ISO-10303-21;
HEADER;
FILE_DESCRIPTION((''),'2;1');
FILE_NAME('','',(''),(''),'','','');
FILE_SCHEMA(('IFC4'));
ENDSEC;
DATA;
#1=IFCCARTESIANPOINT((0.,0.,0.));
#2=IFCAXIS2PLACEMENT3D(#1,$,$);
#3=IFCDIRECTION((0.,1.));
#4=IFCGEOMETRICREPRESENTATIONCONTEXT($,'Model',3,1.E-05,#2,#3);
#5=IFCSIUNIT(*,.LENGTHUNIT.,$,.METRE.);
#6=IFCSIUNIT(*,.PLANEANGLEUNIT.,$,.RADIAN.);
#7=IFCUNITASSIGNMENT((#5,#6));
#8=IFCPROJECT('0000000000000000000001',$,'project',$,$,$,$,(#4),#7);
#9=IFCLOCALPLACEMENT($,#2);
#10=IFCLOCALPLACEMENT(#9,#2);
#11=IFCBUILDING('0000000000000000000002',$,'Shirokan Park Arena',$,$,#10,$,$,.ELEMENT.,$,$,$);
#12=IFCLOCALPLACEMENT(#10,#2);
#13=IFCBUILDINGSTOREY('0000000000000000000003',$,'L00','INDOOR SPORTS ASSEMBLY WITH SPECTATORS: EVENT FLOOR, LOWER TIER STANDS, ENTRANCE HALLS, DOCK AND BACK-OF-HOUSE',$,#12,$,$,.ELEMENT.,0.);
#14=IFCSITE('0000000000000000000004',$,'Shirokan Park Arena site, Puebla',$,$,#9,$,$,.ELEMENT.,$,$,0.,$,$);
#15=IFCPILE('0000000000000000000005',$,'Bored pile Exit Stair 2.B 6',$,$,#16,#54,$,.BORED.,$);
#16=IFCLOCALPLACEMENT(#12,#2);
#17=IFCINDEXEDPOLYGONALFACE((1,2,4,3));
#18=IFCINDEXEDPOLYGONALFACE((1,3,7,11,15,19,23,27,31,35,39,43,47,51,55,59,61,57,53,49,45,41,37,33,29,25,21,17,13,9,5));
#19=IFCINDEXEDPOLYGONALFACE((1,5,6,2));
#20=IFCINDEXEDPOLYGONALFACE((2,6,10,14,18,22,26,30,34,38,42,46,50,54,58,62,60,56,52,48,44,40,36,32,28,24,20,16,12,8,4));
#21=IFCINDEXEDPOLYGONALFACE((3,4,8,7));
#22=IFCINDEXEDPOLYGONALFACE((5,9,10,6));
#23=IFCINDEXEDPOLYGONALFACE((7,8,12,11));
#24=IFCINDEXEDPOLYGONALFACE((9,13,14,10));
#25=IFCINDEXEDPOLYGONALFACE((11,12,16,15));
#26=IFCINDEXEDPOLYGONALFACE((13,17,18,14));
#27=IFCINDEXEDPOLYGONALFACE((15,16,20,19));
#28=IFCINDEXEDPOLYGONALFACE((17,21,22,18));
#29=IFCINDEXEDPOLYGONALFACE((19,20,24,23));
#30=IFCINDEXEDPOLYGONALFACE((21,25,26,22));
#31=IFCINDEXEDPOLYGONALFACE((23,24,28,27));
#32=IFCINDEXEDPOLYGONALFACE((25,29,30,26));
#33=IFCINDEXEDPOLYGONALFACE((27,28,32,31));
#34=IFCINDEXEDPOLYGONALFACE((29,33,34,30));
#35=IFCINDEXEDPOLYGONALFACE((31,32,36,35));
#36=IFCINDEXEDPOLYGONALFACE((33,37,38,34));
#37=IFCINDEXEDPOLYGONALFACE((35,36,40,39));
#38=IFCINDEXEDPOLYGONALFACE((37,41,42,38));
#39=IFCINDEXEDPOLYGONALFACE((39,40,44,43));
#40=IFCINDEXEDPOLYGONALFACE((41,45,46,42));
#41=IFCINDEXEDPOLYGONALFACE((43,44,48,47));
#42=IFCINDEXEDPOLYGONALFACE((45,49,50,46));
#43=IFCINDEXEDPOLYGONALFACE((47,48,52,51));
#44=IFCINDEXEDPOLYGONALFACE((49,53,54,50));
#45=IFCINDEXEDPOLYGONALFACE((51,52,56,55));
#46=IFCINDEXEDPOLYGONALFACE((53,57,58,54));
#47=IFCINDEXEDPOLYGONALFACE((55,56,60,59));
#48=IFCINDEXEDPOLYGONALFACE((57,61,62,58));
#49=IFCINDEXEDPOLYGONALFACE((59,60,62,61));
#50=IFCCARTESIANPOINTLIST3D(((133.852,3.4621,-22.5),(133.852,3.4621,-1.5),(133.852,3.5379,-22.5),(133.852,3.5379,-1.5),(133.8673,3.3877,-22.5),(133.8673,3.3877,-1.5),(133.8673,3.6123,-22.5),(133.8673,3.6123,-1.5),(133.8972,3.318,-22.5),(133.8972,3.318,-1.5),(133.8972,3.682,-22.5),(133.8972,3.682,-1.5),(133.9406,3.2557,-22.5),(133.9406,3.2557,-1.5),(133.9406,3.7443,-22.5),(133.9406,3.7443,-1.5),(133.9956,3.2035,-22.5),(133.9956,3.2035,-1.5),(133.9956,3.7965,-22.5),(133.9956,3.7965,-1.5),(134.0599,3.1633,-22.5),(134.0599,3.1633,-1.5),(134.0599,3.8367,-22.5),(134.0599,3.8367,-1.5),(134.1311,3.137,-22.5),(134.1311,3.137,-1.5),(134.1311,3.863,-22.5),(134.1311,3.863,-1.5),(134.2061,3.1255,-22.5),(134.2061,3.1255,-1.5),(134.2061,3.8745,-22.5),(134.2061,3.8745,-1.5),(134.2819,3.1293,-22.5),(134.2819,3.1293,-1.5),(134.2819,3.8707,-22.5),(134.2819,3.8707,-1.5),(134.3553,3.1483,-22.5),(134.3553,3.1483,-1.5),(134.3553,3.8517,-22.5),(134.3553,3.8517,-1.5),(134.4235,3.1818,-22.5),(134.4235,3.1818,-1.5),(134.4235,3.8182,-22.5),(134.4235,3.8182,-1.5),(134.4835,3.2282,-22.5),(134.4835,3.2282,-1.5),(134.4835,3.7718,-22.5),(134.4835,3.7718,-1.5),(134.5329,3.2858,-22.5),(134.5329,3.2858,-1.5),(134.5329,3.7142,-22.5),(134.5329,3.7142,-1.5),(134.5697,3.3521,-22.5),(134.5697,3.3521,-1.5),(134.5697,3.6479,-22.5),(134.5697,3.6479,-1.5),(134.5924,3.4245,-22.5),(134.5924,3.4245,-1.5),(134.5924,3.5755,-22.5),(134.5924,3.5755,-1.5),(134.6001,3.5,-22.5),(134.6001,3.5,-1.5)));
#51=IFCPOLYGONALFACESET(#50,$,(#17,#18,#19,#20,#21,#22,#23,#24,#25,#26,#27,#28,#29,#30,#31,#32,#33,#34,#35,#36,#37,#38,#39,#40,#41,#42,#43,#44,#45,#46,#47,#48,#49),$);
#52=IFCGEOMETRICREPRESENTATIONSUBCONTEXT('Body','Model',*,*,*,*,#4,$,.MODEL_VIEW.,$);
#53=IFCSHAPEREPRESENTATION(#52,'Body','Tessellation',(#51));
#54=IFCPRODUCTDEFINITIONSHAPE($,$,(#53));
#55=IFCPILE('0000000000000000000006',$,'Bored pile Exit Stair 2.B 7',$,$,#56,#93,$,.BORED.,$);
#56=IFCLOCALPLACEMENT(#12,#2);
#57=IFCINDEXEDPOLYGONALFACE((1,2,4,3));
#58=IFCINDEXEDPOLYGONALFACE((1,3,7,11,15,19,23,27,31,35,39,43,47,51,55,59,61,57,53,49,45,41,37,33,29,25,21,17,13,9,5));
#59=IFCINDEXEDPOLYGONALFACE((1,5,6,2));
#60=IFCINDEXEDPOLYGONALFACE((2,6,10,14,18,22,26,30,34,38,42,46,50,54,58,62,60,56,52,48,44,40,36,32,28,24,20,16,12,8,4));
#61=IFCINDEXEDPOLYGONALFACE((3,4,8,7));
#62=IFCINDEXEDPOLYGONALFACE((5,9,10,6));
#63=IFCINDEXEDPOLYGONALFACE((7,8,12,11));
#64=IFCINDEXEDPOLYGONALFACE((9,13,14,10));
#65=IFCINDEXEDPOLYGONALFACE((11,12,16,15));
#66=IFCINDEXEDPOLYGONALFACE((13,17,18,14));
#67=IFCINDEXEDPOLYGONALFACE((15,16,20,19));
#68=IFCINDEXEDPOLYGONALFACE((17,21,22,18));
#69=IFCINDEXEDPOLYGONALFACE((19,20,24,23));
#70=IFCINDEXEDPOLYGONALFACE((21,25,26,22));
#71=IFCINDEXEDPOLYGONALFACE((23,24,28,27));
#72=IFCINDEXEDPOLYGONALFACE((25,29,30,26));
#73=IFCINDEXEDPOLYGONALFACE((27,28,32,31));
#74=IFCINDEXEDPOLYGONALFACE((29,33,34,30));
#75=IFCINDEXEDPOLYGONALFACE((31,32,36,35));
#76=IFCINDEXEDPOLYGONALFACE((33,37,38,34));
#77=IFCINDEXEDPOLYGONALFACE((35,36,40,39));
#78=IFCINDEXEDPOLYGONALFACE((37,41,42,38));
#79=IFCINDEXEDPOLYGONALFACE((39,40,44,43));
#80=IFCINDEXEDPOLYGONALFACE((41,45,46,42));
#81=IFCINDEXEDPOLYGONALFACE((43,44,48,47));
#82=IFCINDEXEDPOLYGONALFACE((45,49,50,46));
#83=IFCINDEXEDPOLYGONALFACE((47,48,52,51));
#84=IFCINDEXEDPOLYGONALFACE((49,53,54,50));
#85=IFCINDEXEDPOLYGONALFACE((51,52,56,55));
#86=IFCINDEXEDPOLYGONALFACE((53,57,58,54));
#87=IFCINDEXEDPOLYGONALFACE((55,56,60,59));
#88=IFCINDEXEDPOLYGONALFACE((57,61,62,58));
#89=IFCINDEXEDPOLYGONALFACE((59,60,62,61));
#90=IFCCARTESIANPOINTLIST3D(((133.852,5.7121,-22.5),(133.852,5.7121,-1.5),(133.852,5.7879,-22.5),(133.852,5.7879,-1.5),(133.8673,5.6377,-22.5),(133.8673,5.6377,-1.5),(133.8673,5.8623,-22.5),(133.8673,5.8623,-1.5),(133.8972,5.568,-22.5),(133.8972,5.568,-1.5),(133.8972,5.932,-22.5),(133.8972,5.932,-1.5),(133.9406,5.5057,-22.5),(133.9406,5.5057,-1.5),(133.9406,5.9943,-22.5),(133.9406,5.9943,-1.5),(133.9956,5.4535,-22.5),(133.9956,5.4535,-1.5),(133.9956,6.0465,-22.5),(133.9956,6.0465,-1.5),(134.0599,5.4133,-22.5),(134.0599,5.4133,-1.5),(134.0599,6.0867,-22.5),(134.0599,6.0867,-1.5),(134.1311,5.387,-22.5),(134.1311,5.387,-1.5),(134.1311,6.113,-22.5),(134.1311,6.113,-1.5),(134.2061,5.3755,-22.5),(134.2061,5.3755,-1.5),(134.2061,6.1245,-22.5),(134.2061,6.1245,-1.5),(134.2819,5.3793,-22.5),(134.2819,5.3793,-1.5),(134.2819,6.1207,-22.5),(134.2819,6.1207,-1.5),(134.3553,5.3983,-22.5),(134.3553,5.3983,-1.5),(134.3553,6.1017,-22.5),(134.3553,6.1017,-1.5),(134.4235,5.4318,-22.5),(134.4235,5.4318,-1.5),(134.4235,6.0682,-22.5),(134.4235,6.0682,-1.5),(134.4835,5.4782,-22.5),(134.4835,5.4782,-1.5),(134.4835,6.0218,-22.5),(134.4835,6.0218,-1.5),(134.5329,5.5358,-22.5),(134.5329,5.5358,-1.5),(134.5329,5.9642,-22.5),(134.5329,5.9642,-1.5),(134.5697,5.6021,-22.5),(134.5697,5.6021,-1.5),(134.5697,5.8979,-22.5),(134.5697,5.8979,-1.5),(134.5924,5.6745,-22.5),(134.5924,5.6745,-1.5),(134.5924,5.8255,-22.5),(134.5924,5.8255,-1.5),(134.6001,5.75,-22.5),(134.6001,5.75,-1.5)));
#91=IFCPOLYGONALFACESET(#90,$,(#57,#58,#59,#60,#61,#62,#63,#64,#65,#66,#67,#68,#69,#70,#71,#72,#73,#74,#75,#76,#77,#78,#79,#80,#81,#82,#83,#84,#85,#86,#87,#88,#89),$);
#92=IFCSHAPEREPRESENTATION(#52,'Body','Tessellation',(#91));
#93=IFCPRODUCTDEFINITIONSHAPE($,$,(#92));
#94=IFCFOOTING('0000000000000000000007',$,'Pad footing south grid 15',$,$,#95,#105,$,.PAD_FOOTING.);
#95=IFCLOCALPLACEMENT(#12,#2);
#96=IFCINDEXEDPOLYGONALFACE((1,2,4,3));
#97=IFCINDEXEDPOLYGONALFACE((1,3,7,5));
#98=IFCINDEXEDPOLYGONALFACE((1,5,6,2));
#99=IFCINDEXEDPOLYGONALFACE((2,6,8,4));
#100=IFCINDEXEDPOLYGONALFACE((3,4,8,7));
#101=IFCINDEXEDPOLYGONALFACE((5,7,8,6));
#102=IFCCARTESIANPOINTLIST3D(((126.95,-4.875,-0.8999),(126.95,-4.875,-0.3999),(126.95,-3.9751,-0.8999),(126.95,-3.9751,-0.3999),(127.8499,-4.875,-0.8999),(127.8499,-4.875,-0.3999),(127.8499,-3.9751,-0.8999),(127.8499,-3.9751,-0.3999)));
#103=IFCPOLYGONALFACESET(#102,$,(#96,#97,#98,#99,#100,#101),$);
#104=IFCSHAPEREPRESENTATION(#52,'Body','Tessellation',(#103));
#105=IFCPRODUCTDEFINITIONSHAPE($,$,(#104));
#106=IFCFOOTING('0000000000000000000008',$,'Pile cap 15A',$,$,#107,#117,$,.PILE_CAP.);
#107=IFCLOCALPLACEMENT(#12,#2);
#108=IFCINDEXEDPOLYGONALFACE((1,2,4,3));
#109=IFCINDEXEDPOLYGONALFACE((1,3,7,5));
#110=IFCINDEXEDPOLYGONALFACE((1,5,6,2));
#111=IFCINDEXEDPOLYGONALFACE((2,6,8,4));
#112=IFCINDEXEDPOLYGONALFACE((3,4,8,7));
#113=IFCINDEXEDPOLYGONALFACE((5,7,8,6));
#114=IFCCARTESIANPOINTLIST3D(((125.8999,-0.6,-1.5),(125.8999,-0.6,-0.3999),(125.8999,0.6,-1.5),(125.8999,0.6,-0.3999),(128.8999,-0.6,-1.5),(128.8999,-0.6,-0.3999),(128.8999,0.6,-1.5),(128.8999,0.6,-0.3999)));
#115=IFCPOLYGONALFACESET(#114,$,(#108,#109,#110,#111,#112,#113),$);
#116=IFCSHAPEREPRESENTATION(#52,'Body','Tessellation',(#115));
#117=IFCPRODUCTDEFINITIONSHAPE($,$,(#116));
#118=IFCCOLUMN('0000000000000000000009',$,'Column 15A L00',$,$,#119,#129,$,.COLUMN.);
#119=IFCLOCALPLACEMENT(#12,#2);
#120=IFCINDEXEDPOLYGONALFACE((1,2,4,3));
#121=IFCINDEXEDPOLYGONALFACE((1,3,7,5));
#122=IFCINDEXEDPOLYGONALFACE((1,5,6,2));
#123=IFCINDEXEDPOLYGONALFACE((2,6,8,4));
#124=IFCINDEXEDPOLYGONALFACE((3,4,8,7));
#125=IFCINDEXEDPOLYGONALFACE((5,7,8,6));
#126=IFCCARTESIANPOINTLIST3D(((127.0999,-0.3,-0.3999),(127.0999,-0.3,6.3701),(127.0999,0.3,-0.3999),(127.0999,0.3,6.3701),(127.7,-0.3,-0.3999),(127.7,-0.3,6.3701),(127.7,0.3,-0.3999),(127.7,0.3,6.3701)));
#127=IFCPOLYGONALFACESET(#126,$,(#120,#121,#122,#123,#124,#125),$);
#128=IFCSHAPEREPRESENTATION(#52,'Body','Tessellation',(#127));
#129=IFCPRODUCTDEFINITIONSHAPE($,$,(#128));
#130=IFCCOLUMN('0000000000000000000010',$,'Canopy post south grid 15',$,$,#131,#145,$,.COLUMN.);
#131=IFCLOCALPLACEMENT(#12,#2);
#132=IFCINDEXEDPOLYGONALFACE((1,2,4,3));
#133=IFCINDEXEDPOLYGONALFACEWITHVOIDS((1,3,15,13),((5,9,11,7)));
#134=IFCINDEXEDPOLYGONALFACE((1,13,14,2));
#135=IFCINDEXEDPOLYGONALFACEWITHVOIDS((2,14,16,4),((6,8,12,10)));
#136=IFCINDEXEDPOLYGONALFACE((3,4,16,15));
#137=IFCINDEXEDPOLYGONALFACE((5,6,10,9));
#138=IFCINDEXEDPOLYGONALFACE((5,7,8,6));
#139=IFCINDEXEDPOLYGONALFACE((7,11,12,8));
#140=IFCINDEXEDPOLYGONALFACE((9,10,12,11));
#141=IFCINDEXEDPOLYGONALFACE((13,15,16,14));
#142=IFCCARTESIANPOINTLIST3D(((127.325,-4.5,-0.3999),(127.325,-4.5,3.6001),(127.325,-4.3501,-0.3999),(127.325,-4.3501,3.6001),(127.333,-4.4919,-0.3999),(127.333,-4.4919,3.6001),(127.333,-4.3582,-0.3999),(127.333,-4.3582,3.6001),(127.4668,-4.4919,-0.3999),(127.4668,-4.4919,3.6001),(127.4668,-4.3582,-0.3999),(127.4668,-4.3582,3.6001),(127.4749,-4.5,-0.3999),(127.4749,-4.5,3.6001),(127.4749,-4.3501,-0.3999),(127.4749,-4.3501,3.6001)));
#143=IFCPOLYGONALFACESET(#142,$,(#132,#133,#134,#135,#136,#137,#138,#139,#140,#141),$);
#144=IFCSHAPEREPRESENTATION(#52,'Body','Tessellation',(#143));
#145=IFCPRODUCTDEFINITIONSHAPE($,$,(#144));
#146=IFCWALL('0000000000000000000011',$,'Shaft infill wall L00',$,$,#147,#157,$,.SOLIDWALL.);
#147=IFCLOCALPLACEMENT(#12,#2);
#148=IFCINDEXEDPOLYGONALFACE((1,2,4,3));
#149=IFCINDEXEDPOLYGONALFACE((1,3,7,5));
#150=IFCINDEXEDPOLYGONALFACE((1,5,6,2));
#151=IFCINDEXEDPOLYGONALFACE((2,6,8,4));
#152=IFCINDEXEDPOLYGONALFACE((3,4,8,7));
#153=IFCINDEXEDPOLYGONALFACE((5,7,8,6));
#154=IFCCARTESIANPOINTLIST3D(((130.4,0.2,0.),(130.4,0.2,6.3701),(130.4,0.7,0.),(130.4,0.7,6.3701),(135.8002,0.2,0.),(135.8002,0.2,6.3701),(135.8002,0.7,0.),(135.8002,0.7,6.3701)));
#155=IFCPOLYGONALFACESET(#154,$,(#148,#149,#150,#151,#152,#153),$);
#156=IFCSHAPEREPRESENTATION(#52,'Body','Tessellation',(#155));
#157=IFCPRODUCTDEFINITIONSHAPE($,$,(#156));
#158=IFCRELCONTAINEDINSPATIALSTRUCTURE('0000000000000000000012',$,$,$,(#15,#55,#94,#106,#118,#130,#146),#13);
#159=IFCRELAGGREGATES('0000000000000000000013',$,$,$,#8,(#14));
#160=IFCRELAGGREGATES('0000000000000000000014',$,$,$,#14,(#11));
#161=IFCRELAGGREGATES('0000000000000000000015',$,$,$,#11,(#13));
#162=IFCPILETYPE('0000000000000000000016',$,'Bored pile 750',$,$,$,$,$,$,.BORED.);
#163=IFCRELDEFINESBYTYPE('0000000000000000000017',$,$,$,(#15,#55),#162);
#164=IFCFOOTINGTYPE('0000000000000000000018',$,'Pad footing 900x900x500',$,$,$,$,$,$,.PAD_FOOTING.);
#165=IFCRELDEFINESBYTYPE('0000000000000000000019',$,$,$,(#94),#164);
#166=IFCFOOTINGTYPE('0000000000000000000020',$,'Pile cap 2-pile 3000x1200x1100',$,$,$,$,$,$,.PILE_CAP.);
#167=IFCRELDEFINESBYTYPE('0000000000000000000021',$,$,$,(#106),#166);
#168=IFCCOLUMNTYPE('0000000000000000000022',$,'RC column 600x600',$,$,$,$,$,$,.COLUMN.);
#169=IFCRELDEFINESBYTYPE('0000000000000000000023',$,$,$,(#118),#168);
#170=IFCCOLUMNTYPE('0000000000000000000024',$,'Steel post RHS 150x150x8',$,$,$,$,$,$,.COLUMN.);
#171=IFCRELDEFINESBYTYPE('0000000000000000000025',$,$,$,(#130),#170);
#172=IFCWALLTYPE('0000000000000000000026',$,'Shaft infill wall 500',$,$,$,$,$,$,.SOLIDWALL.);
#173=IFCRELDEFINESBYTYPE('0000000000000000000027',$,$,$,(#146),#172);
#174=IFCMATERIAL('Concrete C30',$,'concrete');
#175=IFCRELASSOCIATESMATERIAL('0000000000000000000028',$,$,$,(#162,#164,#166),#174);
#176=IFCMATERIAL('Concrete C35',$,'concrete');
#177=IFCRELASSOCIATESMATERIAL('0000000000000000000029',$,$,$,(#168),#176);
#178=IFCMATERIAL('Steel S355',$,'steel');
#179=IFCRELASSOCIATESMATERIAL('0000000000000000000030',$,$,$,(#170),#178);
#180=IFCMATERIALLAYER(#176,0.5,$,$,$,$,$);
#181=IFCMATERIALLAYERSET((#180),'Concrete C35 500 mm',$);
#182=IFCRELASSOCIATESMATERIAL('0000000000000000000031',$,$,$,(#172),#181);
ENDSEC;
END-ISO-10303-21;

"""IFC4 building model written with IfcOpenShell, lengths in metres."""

from ifc_helpers import new_model, si_unit, direction, frame, frame_2d, origin, origin_2d, place, context, subcontext, project, spatial, rectangle, hollow_rectangle, circle, extrude, material, layer, layer_set, material_profile, profile_set, type_object, element, save


model = new_model("IFC4")

# Units and contexts
model_context = context("Model", 3, precision=1e-05, world=origin(), true_north=direction((0.0, 1.0)))
body_context = subcontext(model_context, "Body", "Model", "MODEL_VIEW")
ifc_project = project(units=[si_unit("LENGTHUNIT", "METRE"), si_unit("PLANEANGLEUNIT", "RADIAN")], contexts=[model_context])

# Site, building, storey
site_placement = place(None, origin())
site = spatial("IfcSite", under=ifc_project, at=site_placement, Name="Shirokan Park Arena site, Puebla", CompositionType="ELEMENT", RefElevation=0.0)
building_placement = place(site_placement, origin())
building = spatial("IfcBuilding", under=site, at=building_placement, Name="Shirokan Park Arena", CompositionType="ELEMENT")
storey_placement = place(building_placement, origin())
storey = spatial("IfcBuildingStorey", under=building, at=storey_placement, Name="L00", Description="INDOOR SPORTS ASSEMBLY WITH SPECTATORS: EVENT FLOOR, LOWER TIER STANDS, ENTRANCE HALLS, DOCK AND BACK-OF-HOUSE", CompositionType="ELEMENT", Elevation=0.0)

# Piles
ifc_material_1 = material(Name="Concrete C30", Category="concrete")
ifc_material_profile_1 = material_profile(ifc_material_1, circle(Radius=0.375, at=origin_2d()), Name="D750")
ifc_profile_set_1 = profile_set([ifc_material_profile_1], Name="Concrete C30")
pile_type_1 = type_object("IfcPileType", Name="Bored pile 750", PredefinedType="BORED", material=ifc_profile_set_1)
for number, where, z_axis, x_axis, name in (
    (1, (134.2251, 3.5, -1.5), (0.0, 0.0, -1.0), (1.0, 0.0, 0.0), "Bored pile Exit Stair 2.B 6"),
    (2, (134.2251, 5.75, -1.5), (0.0, 0.0, -1.0), (1.0, 0.0, 0.0), "Bored pile Exit Stair 2.B 7"),
):
    element("IfcPile", number, at=place(storey_placement, frame(where, z_axis=z_axis, x_axis=x_axis)), inside=storey, type_object=pile_type_1, Name=name, PredefinedType="BORED", context=body_context, shape_type="SweptSolid", body=[
        extrude(circle(Radius=0.375, at=origin_2d()), origin(), (0.0, 0.0, 1.0), 21.0),
    ])

# Footings
footing_type_1 = type_object("IfcFootingType", Name="Pad footing 900x900x500", PredefinedType="PAD_FOOTING", material=ifc_material_1)
footing_1_placement = place(storey_placement, frame((127.3999, -4.425, -0.8999), z_axis=(0.0, 0.0, 1.0), x_axis=(1.0, 0.0, 0.0)))
element("IfcFooting", 3, at=footing_1_placement, inside=storey, type_object=footing_type_1, Name="Pad footing south grid 15", PredefinedType="PAD_FOOTING", context=body_context, shape_type="SweptSolid", body=[
    extrude(rectangle(XDim=0.8999, YDim=0.8999, at=origin_2d()), origin(), (0.0, 0.0, 1.0), 0.5),
])
footing_type_2 = type_object("IfcFootingType", Name="Pile cap 2-pile 3000x1200x1100", PredefinedType="PILE_CAP", material=ifc_material_1)
footing_2_placement = place(storey_placement, frame((127.3999, 0.0, -1.5), z_axis=(0.0, 0.0, 1.0), x_axis=(1.0, 0.0, 0.0)))
element("IfcFooting", 4, at=footing_2_placement, inside=storey, type_object=footing_type_2, Name="Pile cap 15A", PredefinedType="PILE_CAP", context=body_context, shape_type="SweptSolid", body=[
    extrude(rectangle(XDim=3.0, YDim=1.2, at=origin_2d()), origin(), (0.0, 0.0, 1.0), 1.1001),
])

# Columns
ifc_material_2 = material(Name="Concrete C35", Category="concrete")
ifc_material_profile_2 = material_profile(ifc_material_2, rectangle(XDim=0.6001, YDim=0.6001, at=origin_2d()), Name="600x600")
ifc_profile_set_2 = profile_set([ifc_material_profile_2], Name="Concrete C35")
column_type_1 = type_object("IfcColumnType", Name="RC column 600x600", PredefinedType="COLUMN", material=ifc_profile_set_2)
column_1_placement = place(storey_placement, frame((127.3999, 0.0, -0.3999), z_axis=(0.0, 0.0, 1.0), x_axis=(1.0, 0.0, 0.0)))
element("IfcColumn", 5, at=column_1_placement, inside=storey, type_object=column_type_1, Name="Column 15A L00", PredefinedType="COLUMN", context=body_context, shape_type="SweptSolid", body=[
    extrude(rectangle(XDim=0.6001, YDim=0.6001, at=origin_2d()), origin(), (0.0, 0.0, 1.0), 6.77),
])
ifc_material_3 = material(Name="Steel S355", Category="steel")
ifc_material_profile_3 = material_profile(ifc_material_3, hollow_rectangle(XDim=0.1499, YDim=0.1499, WallThickness=0.0081, at=origin_2d()), Name="RHS 150x150x8")
ifc_profile_set_3 = profile_set([ifc_material_profile_3], Name="Steel S355")
column_type_2 = type_object("IfcColumnType", Name="Steel post RHS 150x150x8", PredefinedType="COLUMN", material=ifc_profile_set_3)
column_2_placement = place(storey_placement, frame((127.3999, -4.425, -0.3999), z_axis=(0.0, 0.0, 1.0), x_axis=(1.0, 0.0, 0.0)))
element("IfcColumn", 6, at=column_2_placement, inside=storey, type_object=column_type_2, Name="Canopy post south grid 15", PredefinedType="COLUMN", context=body_context, shape_type="SweptSolid", body=[
    extrude(hollow_rectangle(XDim=0.1499, YDim=0.1499, WallThickness=0.0081, at=origin_2d()), origin(), (0.0, 0.0, 1.0), 4.0),
])

# Wall
ifc_layer_1 = layer(ifc_material_2, 0.5)
ifc_layer_set_1 = layer_set([ifc_layer_1], Name="Concrete C35 500 mm")
wall_type_1 = type_object("IfcWallType", Name="Shaft infill wall 500", PredefinedType="SOLIDWALL", material=ifc_layer_set_1)
wall_1_placement = place(storey_placement, frame((130.3999, 0.45, 0.0), z_axis=(0.0, 0.0, 1.0), x_axis=(1.0, 0.0, 0.0)))
element("IfcWall", 7, at=wall_1_placement, inside=storey, type_object=wall_type_1, Name="Shaft infill wall L00", PredefinedType="SOLIDWALL", context=body_context, shape_type="SweptSolid", body=[
    extrude(rectangle(XDim=5.4001, YDim=0.5, at=frame_2d((2.7002, 0.0))), origin(), (0.0, 0.0, 1.0), 6.3701),
])

save(model, "model.ifc")
